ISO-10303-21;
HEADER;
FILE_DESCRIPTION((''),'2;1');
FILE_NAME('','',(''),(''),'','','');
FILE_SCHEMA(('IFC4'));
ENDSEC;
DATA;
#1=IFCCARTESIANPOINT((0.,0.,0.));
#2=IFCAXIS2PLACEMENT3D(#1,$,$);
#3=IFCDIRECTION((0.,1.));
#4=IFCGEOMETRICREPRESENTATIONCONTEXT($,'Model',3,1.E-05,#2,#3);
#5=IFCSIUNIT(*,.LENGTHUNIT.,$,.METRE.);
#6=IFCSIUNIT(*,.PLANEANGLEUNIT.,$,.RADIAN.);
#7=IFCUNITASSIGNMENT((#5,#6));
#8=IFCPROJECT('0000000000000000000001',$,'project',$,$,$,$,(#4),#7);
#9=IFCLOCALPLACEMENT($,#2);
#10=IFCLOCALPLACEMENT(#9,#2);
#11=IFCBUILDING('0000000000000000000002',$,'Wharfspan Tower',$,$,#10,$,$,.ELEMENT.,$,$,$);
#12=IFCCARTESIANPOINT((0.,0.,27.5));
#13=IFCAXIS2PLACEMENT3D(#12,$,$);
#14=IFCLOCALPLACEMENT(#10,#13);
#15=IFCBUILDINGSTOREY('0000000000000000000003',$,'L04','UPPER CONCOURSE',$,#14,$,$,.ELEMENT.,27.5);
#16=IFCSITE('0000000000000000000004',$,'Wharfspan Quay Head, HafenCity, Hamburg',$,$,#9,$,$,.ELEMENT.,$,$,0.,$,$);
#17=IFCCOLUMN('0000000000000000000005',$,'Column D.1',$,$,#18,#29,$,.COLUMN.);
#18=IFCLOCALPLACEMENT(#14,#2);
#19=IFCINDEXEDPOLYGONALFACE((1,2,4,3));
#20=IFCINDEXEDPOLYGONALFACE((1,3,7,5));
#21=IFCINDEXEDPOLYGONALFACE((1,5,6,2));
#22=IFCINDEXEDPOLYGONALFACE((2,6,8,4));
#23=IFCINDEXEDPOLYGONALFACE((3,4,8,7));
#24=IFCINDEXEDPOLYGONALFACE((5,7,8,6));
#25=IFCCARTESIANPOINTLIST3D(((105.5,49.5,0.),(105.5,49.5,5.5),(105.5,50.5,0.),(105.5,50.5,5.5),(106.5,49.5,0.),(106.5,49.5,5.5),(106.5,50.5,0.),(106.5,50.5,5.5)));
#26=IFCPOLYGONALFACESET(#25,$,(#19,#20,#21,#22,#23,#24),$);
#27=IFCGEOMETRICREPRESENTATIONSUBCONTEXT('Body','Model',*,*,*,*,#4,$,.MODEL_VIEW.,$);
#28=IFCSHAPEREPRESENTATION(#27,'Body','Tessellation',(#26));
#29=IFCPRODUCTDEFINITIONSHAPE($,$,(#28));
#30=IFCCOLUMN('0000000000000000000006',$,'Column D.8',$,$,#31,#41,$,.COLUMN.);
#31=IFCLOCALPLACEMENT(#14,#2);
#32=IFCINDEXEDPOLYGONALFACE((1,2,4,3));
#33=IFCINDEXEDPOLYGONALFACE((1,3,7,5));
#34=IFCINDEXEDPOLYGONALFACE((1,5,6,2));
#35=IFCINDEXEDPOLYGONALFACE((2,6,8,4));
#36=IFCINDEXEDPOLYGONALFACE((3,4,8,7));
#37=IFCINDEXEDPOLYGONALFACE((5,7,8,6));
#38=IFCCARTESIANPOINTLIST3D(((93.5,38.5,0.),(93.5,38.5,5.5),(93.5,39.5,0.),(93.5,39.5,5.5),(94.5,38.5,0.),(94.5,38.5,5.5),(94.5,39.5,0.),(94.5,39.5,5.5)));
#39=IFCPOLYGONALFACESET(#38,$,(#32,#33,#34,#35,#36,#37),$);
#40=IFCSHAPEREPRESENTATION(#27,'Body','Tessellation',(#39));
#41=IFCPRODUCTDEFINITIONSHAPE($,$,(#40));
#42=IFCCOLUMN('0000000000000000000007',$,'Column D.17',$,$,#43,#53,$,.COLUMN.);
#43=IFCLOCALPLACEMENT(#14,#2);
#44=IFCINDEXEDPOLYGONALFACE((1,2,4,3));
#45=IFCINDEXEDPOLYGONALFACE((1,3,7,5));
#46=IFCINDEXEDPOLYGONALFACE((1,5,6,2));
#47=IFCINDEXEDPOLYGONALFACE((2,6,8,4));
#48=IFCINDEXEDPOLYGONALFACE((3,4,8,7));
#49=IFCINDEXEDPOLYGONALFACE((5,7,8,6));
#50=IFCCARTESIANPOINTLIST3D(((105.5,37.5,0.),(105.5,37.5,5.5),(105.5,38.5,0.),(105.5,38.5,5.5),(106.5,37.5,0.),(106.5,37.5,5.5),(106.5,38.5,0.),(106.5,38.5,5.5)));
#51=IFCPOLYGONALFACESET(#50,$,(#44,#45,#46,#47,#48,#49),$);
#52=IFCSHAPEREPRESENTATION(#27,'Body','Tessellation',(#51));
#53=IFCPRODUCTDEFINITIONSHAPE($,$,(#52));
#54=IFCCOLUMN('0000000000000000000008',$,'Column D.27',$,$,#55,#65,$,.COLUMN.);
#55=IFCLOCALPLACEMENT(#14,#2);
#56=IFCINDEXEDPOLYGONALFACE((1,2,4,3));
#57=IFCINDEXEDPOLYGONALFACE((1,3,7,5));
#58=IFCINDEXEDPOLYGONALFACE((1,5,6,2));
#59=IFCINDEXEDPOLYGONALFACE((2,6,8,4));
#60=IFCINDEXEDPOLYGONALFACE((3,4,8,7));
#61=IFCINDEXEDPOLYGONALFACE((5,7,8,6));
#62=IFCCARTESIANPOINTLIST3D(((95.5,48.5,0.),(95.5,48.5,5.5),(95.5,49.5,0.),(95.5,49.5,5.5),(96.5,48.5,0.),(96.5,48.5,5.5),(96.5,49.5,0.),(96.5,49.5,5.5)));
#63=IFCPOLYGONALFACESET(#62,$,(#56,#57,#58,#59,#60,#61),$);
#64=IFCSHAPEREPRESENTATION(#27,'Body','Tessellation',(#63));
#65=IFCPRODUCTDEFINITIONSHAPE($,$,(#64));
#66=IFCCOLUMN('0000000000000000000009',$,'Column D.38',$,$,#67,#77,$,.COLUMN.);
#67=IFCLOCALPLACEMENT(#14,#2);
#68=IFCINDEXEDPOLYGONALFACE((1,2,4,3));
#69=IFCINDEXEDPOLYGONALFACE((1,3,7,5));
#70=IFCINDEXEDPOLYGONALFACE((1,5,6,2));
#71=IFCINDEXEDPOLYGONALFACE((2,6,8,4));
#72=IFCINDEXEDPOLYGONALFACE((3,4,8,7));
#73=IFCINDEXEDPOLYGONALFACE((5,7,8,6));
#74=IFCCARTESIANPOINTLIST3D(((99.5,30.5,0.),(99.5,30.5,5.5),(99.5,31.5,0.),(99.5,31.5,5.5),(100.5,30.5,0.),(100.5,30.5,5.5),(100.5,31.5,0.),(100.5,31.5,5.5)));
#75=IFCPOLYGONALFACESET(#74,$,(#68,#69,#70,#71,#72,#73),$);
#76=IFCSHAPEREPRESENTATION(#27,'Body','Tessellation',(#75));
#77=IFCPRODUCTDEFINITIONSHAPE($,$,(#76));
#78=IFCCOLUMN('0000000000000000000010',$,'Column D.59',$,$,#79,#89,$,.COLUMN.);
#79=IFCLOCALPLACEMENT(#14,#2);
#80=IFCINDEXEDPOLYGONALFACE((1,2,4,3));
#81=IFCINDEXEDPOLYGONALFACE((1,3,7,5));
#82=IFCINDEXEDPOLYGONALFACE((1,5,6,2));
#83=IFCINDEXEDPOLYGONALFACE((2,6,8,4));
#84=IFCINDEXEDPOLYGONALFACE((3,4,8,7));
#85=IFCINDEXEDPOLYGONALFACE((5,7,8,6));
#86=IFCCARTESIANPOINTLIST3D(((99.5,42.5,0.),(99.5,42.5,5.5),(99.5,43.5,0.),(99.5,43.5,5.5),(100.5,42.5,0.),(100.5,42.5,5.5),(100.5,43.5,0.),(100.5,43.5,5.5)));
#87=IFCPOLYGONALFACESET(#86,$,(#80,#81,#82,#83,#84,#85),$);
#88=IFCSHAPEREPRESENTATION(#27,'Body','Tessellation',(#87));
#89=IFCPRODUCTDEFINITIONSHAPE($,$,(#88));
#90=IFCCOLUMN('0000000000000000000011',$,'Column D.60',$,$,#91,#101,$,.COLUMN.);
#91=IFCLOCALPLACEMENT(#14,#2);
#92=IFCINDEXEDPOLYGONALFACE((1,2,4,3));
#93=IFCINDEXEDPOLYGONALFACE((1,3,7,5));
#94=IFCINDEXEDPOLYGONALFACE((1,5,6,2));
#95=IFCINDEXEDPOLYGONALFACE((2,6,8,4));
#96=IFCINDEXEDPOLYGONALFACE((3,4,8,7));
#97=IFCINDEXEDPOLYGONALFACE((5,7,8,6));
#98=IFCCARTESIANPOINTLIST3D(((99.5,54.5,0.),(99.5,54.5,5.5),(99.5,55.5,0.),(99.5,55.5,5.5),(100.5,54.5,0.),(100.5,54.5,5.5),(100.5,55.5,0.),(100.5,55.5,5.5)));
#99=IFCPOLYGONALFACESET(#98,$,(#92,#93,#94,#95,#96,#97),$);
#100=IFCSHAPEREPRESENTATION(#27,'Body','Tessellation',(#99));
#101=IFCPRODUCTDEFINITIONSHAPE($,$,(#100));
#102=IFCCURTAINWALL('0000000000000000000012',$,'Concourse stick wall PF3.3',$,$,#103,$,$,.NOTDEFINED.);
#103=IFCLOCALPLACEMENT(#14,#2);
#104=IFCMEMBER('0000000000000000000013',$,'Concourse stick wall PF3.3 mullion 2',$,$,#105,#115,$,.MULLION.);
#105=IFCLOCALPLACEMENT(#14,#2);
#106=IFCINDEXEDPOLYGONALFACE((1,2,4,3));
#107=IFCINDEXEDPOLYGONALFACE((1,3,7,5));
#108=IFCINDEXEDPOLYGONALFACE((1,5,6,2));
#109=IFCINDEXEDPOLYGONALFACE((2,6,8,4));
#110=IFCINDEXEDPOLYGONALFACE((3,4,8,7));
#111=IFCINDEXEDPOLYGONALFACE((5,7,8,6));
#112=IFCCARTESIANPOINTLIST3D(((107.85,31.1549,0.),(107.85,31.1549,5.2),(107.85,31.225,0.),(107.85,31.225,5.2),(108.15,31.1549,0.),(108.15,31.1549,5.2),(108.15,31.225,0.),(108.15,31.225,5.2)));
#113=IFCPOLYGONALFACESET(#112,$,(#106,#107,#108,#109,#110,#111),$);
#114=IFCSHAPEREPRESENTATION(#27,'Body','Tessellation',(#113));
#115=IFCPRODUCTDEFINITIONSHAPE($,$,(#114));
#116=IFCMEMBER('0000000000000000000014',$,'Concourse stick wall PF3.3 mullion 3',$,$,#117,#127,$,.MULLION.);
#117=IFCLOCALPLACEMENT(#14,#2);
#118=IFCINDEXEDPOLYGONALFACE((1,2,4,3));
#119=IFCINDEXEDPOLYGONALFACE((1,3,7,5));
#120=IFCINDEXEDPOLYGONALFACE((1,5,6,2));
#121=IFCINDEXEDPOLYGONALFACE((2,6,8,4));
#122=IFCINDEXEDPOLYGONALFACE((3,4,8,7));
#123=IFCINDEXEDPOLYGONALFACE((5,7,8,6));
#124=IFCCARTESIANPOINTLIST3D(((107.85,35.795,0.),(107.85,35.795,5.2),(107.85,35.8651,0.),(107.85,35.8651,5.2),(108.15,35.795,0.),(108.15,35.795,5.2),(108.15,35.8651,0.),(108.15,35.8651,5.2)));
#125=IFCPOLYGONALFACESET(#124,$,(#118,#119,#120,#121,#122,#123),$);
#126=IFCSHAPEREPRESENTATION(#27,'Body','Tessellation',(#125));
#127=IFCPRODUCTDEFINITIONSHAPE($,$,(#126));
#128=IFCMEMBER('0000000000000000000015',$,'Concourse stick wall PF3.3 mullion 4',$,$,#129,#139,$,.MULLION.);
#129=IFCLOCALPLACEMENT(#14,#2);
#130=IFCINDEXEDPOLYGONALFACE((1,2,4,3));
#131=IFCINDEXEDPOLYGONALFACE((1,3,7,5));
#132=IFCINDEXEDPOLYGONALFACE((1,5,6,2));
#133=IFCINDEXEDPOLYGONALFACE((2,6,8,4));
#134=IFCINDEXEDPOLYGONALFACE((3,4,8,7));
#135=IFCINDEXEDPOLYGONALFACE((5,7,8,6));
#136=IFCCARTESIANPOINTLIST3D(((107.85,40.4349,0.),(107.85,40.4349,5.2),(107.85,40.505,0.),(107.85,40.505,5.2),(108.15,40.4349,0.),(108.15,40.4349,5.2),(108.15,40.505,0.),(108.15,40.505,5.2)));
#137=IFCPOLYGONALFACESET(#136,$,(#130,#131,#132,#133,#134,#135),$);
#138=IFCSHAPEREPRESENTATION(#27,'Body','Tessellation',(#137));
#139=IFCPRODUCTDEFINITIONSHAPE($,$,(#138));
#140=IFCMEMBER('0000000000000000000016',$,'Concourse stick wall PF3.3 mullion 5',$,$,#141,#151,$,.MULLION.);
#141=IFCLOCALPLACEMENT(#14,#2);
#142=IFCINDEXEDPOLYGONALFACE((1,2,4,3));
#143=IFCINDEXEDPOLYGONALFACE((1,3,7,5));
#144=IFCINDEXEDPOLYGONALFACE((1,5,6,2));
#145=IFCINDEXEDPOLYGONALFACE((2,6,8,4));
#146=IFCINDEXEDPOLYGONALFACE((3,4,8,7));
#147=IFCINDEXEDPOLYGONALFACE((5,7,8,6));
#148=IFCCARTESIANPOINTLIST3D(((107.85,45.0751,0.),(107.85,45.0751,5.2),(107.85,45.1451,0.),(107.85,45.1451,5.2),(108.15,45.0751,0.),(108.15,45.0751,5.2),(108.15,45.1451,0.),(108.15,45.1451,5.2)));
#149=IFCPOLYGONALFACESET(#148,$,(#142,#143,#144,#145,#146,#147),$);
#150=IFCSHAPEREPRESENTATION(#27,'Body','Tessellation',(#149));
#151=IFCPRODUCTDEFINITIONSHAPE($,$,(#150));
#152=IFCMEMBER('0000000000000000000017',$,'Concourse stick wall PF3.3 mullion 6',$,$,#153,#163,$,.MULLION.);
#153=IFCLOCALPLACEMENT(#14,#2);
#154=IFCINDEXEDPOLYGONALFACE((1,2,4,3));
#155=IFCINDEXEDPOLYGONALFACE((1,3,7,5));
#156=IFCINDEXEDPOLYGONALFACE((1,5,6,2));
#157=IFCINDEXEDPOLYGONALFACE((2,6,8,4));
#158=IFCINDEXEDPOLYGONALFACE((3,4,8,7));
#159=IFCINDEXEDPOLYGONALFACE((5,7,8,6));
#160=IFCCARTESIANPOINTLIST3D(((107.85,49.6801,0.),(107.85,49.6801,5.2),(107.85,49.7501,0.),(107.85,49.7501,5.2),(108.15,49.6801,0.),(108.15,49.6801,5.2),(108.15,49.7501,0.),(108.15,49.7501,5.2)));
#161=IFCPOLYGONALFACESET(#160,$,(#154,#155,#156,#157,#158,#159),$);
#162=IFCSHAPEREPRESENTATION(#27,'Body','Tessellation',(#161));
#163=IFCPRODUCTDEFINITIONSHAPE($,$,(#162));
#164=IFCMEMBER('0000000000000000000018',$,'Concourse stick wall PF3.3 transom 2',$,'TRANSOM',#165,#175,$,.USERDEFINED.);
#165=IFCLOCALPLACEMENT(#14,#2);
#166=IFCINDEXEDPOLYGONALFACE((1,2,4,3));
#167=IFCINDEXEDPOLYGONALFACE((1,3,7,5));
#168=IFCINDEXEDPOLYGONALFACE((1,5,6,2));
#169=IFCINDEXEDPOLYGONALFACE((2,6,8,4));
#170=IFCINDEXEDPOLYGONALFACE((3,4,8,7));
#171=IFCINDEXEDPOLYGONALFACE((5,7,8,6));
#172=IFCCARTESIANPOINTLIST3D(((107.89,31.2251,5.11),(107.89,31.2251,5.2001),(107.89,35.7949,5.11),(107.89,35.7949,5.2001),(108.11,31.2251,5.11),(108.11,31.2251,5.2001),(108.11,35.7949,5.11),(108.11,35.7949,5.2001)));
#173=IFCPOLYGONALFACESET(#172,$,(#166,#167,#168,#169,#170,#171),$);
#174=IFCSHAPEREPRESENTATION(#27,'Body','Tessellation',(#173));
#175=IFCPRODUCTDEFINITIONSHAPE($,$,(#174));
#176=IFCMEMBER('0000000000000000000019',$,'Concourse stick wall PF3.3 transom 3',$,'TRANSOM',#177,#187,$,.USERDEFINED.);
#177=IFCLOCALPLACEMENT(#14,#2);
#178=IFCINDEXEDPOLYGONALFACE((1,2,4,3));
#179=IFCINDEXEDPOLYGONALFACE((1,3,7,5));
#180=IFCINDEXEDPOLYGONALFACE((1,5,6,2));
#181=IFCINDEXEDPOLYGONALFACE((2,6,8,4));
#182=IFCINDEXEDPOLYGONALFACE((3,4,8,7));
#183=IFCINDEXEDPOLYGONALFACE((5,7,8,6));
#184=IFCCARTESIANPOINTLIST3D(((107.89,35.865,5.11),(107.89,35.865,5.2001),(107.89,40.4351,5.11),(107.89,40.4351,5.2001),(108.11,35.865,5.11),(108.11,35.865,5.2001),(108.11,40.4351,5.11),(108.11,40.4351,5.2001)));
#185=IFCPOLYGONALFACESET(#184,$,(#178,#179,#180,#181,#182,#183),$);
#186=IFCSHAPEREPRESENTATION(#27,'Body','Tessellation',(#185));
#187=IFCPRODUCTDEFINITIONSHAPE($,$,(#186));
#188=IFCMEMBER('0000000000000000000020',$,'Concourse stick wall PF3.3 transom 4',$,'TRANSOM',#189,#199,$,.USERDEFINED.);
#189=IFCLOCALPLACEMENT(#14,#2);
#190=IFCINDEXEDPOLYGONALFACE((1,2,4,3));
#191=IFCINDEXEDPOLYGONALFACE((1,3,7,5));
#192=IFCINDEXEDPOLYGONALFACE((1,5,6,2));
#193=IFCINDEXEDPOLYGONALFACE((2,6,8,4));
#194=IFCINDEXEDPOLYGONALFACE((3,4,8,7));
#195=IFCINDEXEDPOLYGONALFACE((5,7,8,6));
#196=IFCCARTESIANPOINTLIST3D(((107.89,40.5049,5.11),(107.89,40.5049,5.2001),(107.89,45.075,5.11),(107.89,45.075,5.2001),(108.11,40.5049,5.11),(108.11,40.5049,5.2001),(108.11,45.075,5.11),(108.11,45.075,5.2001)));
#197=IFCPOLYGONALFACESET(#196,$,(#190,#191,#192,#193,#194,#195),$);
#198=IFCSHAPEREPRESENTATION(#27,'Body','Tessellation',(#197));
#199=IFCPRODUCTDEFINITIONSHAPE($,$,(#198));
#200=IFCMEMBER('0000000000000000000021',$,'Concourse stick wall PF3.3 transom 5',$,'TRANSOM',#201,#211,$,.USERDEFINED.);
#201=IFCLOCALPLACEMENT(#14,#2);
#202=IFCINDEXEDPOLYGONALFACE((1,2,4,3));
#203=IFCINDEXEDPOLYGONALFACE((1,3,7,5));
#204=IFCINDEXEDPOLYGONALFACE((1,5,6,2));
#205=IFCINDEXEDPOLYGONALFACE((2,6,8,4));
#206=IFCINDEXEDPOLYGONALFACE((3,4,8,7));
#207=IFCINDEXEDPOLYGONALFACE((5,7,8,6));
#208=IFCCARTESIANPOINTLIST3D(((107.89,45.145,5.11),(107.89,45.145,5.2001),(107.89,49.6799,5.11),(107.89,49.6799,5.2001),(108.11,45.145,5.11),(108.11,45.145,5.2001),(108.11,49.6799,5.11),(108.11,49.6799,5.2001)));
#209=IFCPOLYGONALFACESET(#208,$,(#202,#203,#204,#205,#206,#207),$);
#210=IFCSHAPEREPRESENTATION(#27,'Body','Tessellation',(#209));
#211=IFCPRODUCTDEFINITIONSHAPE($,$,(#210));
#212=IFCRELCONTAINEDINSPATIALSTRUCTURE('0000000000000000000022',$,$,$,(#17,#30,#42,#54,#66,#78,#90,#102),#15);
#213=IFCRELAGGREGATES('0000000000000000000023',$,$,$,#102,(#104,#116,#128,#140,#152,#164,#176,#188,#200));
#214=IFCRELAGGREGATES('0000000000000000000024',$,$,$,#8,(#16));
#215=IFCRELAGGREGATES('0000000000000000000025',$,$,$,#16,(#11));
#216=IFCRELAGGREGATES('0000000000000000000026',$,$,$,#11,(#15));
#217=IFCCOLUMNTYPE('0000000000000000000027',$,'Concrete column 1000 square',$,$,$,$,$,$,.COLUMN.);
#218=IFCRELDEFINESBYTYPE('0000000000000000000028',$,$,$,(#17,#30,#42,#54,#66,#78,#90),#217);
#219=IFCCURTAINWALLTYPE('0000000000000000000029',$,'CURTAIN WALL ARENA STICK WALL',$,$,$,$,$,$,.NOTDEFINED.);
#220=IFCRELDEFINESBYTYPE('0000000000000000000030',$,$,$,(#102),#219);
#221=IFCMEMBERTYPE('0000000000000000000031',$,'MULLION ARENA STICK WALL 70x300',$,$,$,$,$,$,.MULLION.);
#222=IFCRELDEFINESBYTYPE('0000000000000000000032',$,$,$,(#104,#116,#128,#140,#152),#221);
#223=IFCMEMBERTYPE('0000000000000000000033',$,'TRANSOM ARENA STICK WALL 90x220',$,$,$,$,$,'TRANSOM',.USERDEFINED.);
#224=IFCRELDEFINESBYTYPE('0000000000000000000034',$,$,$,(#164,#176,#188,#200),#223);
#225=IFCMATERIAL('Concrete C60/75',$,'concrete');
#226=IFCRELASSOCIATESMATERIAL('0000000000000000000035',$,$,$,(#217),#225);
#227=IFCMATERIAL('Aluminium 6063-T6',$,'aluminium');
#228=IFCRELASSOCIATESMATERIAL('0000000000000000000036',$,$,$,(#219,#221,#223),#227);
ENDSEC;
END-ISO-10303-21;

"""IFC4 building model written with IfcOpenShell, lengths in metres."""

from ifc_helpers import new_model, si_unit, direction, frame, origin, origin_2d, place, context, subcontext, project, spatial, rectangle, extrude, material, material_profile, profile_set, type_object, element, aggregate, save


model = new_model("IFC4")

# Units and contexts
model_context = context("Model", 3, precision=1e-05, world=origin(), true_north=direction((0.0, 1.0)))
body_context = subcontext(model_context, "Body", "Model", "MODEL_VIEW")
ifc_project = project(units=[si_unit("LENGTHUNIT", "METRE"), si_unit("PLANEANGLEUNIT", "RADIAN")], contexts=[model_context])

# Site, building, storey
site_placement = place(None, origin())
site = spatial("IfcSite", under=ifc_project, at=site_placement, Name="Wharfspan Quay Head, HafenCity, Hamburg", CompositionType="ELEMENT", RefElevation=0.0)
building_placement = place(site_placement, origin())
building = spatial("IfcBuilding", under=site, at=building_placement, Name="Wharfspan Tower", CompositionType="ELEMENT")
storey_placement = place(building_placement, frame((0.0, 0.0, 27.5)))
storey = spatial("IfcBuildingStorey", under=building, at=storey_placement, Name="L04", Description="UPPER CONCOURSE", CompositionType="ELEMENT", Elevation=27.5)

# Columns
ifc_material_1 = material(Name="Concrete C60/75", Category="concrete")
ifc_material_profile_1 = material_profile(ifc_material_1, rectangle(XDim=1.0, YDim=1.0, at=origin_2d()))
ifc_profile_set_1 = profile_set([ifc_material_profile_1], Name="Concrete C60/75")
column_type = type_object("IfcColumnType", Name="Concrete column 1000 square", PredefinedType="COLUMN", material=ifc_profile_set_1)
for number, where, z_axis, x_axis, name in (
    (1, (106.0, 50.0, 0.0), (0.0, 0.0, 1.0), (1.0, 0.0, 0.0), "Column D.1"),
    (2, (94.0, 39.0, 0.0), (0.0, 0.0, 1.0), (1.0, 0.0, 0.0), "Column D.8"),
    (3, (106.0, 38.0, 0.0), (0.0, 0.0, 1.0), (1.0, 0.0, 0.0), "Column D.17"),
    (4, (96.0, 49.0, 0.0), (0.0, 0.0, 1.0), (1.0, 0.0, 0.0), "Column D.27"),
    (5, (100.0, 31.0, 0.0), (0.0, 0.0, 1.0), (1.0, 0.0, 0.0), "Column D.38"),
    (6, (100.0, 43.0, 0.0), (0.0, 0.0, 1.0), (1.0, 0.0, 0.0), "Column D.59"),
    (7, (100.0, 55.0, 0.0), (0.0, 0.0, 1.0), (1.0, 0.0, 0.0), "Column D.60"),
):
    element("IfcColumn", number, at=place(storey_placement, frame(where, z_axis=z_axis, x_axis=x_axis)), inside=storey, type_object=column_type, Name=name, PredefinedType="COLUMN", context=body_context, shape_type="SweptSolid", body=[
        extrude(rectangle(XDim=1.0, YDim=1.0, at=origin_2d()), origin(), (0.0, 0.0, 1.0), 5.5),
    ])

# Curtain wall, members
ifc_material_2 = material(Name="Aluminium 6063-T6", Category="aluminium")
curtain_wall_type = type_object("IfcCurtainWallType", Name="CURTAIN WALL ARENA STICK WALL", PredefinedType="NOTDEFINED", material=ifc_material_2)
curtain_wall_placement = place(storey_placement, origin())
curtain_wall = element("IfcCurtainWall", 8, at=curtain_wall_placement, inside=storey, type_object=curtain_wall_type, Name="Concourse stick wall PF3.3", PredefinedType="NOTDEFINED")
ifc_material_profile_2 = material_profile(ifc_material_2, rectangle(XDim=0.3, YDim=0.0701, at=origin_2d()))
ifc_profile_set_2 = profile_set([ifc_material_profile_2], Name="Aluminium 6063-T6")
member_type_1 = type_object("IfcMemberType", Name="MULLION ARENA STICK WALL 70x300", PredefinedType="MULLION", material=ifc_profile_set_2)
member_1_placement = place(storey_placement, frame((108.0, 31.1899, 0.0), z_axis=(0.0, 0.0, 1.0), x_axis=(-1.0, 0.0, 0.0)))
member_1 = element("IfcMember", 9, at=member_1_placement, type_object=member_type_1, Name="Concourse stick wall PF3.3 mullion 2", PredefinedType="MULLION", context=body_context, shape_type="SweptSolid", body=[
    extrude(rectangle(XDim=0.3, YDim=0.0701, at=origin_2d()), origin(), (0.0, 0.0, 1.0), 5.2),
])
member_2_placement = place(storey_placement, frame((108.0, 35.8301, 0.0), z_axis=(0.0, 0.0, 1.0), x_axis=(-1.0, 0.0, 0.0)))
member_2 = element("IfcMember", 10, at=member_2_placement, type_object=member_type_1, Name="Concourse stick wall PF3.3 mullion 3", PredefinedType="MULLION", context=body_context, shape_type="SweptSolid", body=[
    extrude(rectangle(XDim=0.3, YDim=0.0701, at=origin_2d()), origin(), (0.0, 0.0, 1.0), 5.2),
])
member_3_placement = place(storey_placement, frame((108.0, 40.47, 0.0), z_axis=(0.0, 0.0, 1.0), x_axis=(-1.0, 0.0, 0.0)))
member_3 = element("IfcMember", 11, at=member_3_placement, type_object=member_type_1, Name="Concourse stick wall PF3.3 mullion 4", PredefinedType="MULLION", context=body_context, shape_type="SweptSolid", body=[
    extrude(rectangle(XDim=0.3, YDim=0.0701, at=origin_2d()), origin(), (0.0, 0.0, 1.0), 5.2),
])
member_4_placement = place(storey_placement, frame((108.0, 45.1101, 0.0), z_axis=(0.0, 0.0, 1.0), x_axis=(-1.0, 0.0, 0.0)))
member_4 = element("IfcMember", 12, at=member_4_placement, type_object=member_type_1, Name="Concourse stick wall PF3.3 mullion 5", PredefinedType="MULLION", context=body_context, shape_type="SweptSolid", body=[
    extrude(rectangle(XDim=0.3, YDim=0.0701, at=origin_2d()), origin(), (0.0, 0.0, 1.0), 5.2),
])
member_5_placement = place(storey_placement, frame((108.0, 49.7151, 0.0), z_axis=(0.0, 0.0, 1.0), x_axis=(-1.0, 0.0, 0.0)))
member_5 = element("IfcMember", 13, at=member_5_placement, type_object=member_type_1, Name="Concourse stick wall PF3.3 mullion 6", PredefinedType="MULLION", context=body_context, shape_type="SweptSolid", body=[
    extrude(rectangle(XDim=0.3, YDim=0.0701, at=origin_2d()), origin(), (0.0, 0.0, 1.0), 5.2),
])
ifc_material_profile_3 = material_profile(ifc_material_2, rectangle(XDim=0.22, YDim=0.0901, at=origin_2d()))
ifc_profile_set_3 = profile_set([ifc_material_profile_3], Name="Aluminium 6063-T6")
member_type_2 = type_object("IfcMemberType", Name="TRANSOM ARENA STICK WALL 90x220", ElementType="TRANSOM", PredefinedType="USERDEFINED", material=ifc_profile_set_3)
member_6_placement = place(storey_placement, frame((108.0, 31.2251, 5.155), z_axis=(0.0, 1.0, 0.0), x_axis=(-1.0, 0.0, 0.0)))
member_6 = element("IfcMember", 14, at=member_6_placement, type_object=member_type_2, Name="Concourse stick wall PF3.3 transom 2", ObjectType="TRANSOM", PredefinedType="USERDEFINED", context=body_context, shape_type="SweptSolid", body=[
    extrude(rectangle(XDim=0.22, YDim=0.0901, at=origin_2d()), origin(), (0.0, 0.0, 1.0), 4.5698),
])
member_7_placement = place(storey_placement, frame((108.0, 35.865, 5.155), z_axis=(0.0, 1.0, 0.0), x_axis=(-1.0, 0.0, 0.0)))
member_7 = element("IfcMember", 15, at=member_7_placement, type_object=member_type_2, Name="Concourse stick wall PF3.3 transom 3", ObjectType="TRANSOM", PredefinedType="USERDEFINED", context=body_context, shape_type="SweptSolid", body=[
    extrude(rectangle(XDim=0.22, YDim=0.0901, at=origin_2d()), origin(), (0.0, 0.0, 1.0), 4.5701),
])
member_8_placement = place(storey_placement, frame((108.0, 40.5049, 5.155), z_axis=(0.0, 1.0, 0.0), x_axis=(-1.0, 0.0, 0.0)))
member_8 = element("IfcMember", 16, at=member_8_placement, type_object=member_type_2, Name="Concourse stick wall PF3.3 transom 4", ObjectType="TRANSOM", PredefinedType="USERDEFINED", context=body_context, shape_type="SweptSolid", body=[
    extrude(rectangle(XDim=0.22, YDim=0.0901, at=origin_2d()), origin(), (0.0, 0.0, 1.0), 4.5701),
])
member_9_placement = place(storey_placement, frame((108.0, 45.145, 5.155), z_axis=(0.0, 1.0, 0.0), x_axis=(-1.0, 0.0, 0.0)))
member_9 = element("IfcMember", 17, at=member_9_placement, type_object=member_type_2, Name="Concourse stick wall PF3.3 transom 5", ObjectType="TRANSOM", PredefinedType="USERDEFINED", context=body_context, shape_type="SweptSolid", body=[
    extrude(rectangle(XDim=0.22, YDim=0.0901, at=origin_2d()), origin(), (0.0, 0.0, 1.0), 4.5349),
])
aggregate(curtain_wall, [member_1, member_2, member_3, member_4, member_5, member_6, member_7, member_8, member_9])

save(model, "model.ifc")
